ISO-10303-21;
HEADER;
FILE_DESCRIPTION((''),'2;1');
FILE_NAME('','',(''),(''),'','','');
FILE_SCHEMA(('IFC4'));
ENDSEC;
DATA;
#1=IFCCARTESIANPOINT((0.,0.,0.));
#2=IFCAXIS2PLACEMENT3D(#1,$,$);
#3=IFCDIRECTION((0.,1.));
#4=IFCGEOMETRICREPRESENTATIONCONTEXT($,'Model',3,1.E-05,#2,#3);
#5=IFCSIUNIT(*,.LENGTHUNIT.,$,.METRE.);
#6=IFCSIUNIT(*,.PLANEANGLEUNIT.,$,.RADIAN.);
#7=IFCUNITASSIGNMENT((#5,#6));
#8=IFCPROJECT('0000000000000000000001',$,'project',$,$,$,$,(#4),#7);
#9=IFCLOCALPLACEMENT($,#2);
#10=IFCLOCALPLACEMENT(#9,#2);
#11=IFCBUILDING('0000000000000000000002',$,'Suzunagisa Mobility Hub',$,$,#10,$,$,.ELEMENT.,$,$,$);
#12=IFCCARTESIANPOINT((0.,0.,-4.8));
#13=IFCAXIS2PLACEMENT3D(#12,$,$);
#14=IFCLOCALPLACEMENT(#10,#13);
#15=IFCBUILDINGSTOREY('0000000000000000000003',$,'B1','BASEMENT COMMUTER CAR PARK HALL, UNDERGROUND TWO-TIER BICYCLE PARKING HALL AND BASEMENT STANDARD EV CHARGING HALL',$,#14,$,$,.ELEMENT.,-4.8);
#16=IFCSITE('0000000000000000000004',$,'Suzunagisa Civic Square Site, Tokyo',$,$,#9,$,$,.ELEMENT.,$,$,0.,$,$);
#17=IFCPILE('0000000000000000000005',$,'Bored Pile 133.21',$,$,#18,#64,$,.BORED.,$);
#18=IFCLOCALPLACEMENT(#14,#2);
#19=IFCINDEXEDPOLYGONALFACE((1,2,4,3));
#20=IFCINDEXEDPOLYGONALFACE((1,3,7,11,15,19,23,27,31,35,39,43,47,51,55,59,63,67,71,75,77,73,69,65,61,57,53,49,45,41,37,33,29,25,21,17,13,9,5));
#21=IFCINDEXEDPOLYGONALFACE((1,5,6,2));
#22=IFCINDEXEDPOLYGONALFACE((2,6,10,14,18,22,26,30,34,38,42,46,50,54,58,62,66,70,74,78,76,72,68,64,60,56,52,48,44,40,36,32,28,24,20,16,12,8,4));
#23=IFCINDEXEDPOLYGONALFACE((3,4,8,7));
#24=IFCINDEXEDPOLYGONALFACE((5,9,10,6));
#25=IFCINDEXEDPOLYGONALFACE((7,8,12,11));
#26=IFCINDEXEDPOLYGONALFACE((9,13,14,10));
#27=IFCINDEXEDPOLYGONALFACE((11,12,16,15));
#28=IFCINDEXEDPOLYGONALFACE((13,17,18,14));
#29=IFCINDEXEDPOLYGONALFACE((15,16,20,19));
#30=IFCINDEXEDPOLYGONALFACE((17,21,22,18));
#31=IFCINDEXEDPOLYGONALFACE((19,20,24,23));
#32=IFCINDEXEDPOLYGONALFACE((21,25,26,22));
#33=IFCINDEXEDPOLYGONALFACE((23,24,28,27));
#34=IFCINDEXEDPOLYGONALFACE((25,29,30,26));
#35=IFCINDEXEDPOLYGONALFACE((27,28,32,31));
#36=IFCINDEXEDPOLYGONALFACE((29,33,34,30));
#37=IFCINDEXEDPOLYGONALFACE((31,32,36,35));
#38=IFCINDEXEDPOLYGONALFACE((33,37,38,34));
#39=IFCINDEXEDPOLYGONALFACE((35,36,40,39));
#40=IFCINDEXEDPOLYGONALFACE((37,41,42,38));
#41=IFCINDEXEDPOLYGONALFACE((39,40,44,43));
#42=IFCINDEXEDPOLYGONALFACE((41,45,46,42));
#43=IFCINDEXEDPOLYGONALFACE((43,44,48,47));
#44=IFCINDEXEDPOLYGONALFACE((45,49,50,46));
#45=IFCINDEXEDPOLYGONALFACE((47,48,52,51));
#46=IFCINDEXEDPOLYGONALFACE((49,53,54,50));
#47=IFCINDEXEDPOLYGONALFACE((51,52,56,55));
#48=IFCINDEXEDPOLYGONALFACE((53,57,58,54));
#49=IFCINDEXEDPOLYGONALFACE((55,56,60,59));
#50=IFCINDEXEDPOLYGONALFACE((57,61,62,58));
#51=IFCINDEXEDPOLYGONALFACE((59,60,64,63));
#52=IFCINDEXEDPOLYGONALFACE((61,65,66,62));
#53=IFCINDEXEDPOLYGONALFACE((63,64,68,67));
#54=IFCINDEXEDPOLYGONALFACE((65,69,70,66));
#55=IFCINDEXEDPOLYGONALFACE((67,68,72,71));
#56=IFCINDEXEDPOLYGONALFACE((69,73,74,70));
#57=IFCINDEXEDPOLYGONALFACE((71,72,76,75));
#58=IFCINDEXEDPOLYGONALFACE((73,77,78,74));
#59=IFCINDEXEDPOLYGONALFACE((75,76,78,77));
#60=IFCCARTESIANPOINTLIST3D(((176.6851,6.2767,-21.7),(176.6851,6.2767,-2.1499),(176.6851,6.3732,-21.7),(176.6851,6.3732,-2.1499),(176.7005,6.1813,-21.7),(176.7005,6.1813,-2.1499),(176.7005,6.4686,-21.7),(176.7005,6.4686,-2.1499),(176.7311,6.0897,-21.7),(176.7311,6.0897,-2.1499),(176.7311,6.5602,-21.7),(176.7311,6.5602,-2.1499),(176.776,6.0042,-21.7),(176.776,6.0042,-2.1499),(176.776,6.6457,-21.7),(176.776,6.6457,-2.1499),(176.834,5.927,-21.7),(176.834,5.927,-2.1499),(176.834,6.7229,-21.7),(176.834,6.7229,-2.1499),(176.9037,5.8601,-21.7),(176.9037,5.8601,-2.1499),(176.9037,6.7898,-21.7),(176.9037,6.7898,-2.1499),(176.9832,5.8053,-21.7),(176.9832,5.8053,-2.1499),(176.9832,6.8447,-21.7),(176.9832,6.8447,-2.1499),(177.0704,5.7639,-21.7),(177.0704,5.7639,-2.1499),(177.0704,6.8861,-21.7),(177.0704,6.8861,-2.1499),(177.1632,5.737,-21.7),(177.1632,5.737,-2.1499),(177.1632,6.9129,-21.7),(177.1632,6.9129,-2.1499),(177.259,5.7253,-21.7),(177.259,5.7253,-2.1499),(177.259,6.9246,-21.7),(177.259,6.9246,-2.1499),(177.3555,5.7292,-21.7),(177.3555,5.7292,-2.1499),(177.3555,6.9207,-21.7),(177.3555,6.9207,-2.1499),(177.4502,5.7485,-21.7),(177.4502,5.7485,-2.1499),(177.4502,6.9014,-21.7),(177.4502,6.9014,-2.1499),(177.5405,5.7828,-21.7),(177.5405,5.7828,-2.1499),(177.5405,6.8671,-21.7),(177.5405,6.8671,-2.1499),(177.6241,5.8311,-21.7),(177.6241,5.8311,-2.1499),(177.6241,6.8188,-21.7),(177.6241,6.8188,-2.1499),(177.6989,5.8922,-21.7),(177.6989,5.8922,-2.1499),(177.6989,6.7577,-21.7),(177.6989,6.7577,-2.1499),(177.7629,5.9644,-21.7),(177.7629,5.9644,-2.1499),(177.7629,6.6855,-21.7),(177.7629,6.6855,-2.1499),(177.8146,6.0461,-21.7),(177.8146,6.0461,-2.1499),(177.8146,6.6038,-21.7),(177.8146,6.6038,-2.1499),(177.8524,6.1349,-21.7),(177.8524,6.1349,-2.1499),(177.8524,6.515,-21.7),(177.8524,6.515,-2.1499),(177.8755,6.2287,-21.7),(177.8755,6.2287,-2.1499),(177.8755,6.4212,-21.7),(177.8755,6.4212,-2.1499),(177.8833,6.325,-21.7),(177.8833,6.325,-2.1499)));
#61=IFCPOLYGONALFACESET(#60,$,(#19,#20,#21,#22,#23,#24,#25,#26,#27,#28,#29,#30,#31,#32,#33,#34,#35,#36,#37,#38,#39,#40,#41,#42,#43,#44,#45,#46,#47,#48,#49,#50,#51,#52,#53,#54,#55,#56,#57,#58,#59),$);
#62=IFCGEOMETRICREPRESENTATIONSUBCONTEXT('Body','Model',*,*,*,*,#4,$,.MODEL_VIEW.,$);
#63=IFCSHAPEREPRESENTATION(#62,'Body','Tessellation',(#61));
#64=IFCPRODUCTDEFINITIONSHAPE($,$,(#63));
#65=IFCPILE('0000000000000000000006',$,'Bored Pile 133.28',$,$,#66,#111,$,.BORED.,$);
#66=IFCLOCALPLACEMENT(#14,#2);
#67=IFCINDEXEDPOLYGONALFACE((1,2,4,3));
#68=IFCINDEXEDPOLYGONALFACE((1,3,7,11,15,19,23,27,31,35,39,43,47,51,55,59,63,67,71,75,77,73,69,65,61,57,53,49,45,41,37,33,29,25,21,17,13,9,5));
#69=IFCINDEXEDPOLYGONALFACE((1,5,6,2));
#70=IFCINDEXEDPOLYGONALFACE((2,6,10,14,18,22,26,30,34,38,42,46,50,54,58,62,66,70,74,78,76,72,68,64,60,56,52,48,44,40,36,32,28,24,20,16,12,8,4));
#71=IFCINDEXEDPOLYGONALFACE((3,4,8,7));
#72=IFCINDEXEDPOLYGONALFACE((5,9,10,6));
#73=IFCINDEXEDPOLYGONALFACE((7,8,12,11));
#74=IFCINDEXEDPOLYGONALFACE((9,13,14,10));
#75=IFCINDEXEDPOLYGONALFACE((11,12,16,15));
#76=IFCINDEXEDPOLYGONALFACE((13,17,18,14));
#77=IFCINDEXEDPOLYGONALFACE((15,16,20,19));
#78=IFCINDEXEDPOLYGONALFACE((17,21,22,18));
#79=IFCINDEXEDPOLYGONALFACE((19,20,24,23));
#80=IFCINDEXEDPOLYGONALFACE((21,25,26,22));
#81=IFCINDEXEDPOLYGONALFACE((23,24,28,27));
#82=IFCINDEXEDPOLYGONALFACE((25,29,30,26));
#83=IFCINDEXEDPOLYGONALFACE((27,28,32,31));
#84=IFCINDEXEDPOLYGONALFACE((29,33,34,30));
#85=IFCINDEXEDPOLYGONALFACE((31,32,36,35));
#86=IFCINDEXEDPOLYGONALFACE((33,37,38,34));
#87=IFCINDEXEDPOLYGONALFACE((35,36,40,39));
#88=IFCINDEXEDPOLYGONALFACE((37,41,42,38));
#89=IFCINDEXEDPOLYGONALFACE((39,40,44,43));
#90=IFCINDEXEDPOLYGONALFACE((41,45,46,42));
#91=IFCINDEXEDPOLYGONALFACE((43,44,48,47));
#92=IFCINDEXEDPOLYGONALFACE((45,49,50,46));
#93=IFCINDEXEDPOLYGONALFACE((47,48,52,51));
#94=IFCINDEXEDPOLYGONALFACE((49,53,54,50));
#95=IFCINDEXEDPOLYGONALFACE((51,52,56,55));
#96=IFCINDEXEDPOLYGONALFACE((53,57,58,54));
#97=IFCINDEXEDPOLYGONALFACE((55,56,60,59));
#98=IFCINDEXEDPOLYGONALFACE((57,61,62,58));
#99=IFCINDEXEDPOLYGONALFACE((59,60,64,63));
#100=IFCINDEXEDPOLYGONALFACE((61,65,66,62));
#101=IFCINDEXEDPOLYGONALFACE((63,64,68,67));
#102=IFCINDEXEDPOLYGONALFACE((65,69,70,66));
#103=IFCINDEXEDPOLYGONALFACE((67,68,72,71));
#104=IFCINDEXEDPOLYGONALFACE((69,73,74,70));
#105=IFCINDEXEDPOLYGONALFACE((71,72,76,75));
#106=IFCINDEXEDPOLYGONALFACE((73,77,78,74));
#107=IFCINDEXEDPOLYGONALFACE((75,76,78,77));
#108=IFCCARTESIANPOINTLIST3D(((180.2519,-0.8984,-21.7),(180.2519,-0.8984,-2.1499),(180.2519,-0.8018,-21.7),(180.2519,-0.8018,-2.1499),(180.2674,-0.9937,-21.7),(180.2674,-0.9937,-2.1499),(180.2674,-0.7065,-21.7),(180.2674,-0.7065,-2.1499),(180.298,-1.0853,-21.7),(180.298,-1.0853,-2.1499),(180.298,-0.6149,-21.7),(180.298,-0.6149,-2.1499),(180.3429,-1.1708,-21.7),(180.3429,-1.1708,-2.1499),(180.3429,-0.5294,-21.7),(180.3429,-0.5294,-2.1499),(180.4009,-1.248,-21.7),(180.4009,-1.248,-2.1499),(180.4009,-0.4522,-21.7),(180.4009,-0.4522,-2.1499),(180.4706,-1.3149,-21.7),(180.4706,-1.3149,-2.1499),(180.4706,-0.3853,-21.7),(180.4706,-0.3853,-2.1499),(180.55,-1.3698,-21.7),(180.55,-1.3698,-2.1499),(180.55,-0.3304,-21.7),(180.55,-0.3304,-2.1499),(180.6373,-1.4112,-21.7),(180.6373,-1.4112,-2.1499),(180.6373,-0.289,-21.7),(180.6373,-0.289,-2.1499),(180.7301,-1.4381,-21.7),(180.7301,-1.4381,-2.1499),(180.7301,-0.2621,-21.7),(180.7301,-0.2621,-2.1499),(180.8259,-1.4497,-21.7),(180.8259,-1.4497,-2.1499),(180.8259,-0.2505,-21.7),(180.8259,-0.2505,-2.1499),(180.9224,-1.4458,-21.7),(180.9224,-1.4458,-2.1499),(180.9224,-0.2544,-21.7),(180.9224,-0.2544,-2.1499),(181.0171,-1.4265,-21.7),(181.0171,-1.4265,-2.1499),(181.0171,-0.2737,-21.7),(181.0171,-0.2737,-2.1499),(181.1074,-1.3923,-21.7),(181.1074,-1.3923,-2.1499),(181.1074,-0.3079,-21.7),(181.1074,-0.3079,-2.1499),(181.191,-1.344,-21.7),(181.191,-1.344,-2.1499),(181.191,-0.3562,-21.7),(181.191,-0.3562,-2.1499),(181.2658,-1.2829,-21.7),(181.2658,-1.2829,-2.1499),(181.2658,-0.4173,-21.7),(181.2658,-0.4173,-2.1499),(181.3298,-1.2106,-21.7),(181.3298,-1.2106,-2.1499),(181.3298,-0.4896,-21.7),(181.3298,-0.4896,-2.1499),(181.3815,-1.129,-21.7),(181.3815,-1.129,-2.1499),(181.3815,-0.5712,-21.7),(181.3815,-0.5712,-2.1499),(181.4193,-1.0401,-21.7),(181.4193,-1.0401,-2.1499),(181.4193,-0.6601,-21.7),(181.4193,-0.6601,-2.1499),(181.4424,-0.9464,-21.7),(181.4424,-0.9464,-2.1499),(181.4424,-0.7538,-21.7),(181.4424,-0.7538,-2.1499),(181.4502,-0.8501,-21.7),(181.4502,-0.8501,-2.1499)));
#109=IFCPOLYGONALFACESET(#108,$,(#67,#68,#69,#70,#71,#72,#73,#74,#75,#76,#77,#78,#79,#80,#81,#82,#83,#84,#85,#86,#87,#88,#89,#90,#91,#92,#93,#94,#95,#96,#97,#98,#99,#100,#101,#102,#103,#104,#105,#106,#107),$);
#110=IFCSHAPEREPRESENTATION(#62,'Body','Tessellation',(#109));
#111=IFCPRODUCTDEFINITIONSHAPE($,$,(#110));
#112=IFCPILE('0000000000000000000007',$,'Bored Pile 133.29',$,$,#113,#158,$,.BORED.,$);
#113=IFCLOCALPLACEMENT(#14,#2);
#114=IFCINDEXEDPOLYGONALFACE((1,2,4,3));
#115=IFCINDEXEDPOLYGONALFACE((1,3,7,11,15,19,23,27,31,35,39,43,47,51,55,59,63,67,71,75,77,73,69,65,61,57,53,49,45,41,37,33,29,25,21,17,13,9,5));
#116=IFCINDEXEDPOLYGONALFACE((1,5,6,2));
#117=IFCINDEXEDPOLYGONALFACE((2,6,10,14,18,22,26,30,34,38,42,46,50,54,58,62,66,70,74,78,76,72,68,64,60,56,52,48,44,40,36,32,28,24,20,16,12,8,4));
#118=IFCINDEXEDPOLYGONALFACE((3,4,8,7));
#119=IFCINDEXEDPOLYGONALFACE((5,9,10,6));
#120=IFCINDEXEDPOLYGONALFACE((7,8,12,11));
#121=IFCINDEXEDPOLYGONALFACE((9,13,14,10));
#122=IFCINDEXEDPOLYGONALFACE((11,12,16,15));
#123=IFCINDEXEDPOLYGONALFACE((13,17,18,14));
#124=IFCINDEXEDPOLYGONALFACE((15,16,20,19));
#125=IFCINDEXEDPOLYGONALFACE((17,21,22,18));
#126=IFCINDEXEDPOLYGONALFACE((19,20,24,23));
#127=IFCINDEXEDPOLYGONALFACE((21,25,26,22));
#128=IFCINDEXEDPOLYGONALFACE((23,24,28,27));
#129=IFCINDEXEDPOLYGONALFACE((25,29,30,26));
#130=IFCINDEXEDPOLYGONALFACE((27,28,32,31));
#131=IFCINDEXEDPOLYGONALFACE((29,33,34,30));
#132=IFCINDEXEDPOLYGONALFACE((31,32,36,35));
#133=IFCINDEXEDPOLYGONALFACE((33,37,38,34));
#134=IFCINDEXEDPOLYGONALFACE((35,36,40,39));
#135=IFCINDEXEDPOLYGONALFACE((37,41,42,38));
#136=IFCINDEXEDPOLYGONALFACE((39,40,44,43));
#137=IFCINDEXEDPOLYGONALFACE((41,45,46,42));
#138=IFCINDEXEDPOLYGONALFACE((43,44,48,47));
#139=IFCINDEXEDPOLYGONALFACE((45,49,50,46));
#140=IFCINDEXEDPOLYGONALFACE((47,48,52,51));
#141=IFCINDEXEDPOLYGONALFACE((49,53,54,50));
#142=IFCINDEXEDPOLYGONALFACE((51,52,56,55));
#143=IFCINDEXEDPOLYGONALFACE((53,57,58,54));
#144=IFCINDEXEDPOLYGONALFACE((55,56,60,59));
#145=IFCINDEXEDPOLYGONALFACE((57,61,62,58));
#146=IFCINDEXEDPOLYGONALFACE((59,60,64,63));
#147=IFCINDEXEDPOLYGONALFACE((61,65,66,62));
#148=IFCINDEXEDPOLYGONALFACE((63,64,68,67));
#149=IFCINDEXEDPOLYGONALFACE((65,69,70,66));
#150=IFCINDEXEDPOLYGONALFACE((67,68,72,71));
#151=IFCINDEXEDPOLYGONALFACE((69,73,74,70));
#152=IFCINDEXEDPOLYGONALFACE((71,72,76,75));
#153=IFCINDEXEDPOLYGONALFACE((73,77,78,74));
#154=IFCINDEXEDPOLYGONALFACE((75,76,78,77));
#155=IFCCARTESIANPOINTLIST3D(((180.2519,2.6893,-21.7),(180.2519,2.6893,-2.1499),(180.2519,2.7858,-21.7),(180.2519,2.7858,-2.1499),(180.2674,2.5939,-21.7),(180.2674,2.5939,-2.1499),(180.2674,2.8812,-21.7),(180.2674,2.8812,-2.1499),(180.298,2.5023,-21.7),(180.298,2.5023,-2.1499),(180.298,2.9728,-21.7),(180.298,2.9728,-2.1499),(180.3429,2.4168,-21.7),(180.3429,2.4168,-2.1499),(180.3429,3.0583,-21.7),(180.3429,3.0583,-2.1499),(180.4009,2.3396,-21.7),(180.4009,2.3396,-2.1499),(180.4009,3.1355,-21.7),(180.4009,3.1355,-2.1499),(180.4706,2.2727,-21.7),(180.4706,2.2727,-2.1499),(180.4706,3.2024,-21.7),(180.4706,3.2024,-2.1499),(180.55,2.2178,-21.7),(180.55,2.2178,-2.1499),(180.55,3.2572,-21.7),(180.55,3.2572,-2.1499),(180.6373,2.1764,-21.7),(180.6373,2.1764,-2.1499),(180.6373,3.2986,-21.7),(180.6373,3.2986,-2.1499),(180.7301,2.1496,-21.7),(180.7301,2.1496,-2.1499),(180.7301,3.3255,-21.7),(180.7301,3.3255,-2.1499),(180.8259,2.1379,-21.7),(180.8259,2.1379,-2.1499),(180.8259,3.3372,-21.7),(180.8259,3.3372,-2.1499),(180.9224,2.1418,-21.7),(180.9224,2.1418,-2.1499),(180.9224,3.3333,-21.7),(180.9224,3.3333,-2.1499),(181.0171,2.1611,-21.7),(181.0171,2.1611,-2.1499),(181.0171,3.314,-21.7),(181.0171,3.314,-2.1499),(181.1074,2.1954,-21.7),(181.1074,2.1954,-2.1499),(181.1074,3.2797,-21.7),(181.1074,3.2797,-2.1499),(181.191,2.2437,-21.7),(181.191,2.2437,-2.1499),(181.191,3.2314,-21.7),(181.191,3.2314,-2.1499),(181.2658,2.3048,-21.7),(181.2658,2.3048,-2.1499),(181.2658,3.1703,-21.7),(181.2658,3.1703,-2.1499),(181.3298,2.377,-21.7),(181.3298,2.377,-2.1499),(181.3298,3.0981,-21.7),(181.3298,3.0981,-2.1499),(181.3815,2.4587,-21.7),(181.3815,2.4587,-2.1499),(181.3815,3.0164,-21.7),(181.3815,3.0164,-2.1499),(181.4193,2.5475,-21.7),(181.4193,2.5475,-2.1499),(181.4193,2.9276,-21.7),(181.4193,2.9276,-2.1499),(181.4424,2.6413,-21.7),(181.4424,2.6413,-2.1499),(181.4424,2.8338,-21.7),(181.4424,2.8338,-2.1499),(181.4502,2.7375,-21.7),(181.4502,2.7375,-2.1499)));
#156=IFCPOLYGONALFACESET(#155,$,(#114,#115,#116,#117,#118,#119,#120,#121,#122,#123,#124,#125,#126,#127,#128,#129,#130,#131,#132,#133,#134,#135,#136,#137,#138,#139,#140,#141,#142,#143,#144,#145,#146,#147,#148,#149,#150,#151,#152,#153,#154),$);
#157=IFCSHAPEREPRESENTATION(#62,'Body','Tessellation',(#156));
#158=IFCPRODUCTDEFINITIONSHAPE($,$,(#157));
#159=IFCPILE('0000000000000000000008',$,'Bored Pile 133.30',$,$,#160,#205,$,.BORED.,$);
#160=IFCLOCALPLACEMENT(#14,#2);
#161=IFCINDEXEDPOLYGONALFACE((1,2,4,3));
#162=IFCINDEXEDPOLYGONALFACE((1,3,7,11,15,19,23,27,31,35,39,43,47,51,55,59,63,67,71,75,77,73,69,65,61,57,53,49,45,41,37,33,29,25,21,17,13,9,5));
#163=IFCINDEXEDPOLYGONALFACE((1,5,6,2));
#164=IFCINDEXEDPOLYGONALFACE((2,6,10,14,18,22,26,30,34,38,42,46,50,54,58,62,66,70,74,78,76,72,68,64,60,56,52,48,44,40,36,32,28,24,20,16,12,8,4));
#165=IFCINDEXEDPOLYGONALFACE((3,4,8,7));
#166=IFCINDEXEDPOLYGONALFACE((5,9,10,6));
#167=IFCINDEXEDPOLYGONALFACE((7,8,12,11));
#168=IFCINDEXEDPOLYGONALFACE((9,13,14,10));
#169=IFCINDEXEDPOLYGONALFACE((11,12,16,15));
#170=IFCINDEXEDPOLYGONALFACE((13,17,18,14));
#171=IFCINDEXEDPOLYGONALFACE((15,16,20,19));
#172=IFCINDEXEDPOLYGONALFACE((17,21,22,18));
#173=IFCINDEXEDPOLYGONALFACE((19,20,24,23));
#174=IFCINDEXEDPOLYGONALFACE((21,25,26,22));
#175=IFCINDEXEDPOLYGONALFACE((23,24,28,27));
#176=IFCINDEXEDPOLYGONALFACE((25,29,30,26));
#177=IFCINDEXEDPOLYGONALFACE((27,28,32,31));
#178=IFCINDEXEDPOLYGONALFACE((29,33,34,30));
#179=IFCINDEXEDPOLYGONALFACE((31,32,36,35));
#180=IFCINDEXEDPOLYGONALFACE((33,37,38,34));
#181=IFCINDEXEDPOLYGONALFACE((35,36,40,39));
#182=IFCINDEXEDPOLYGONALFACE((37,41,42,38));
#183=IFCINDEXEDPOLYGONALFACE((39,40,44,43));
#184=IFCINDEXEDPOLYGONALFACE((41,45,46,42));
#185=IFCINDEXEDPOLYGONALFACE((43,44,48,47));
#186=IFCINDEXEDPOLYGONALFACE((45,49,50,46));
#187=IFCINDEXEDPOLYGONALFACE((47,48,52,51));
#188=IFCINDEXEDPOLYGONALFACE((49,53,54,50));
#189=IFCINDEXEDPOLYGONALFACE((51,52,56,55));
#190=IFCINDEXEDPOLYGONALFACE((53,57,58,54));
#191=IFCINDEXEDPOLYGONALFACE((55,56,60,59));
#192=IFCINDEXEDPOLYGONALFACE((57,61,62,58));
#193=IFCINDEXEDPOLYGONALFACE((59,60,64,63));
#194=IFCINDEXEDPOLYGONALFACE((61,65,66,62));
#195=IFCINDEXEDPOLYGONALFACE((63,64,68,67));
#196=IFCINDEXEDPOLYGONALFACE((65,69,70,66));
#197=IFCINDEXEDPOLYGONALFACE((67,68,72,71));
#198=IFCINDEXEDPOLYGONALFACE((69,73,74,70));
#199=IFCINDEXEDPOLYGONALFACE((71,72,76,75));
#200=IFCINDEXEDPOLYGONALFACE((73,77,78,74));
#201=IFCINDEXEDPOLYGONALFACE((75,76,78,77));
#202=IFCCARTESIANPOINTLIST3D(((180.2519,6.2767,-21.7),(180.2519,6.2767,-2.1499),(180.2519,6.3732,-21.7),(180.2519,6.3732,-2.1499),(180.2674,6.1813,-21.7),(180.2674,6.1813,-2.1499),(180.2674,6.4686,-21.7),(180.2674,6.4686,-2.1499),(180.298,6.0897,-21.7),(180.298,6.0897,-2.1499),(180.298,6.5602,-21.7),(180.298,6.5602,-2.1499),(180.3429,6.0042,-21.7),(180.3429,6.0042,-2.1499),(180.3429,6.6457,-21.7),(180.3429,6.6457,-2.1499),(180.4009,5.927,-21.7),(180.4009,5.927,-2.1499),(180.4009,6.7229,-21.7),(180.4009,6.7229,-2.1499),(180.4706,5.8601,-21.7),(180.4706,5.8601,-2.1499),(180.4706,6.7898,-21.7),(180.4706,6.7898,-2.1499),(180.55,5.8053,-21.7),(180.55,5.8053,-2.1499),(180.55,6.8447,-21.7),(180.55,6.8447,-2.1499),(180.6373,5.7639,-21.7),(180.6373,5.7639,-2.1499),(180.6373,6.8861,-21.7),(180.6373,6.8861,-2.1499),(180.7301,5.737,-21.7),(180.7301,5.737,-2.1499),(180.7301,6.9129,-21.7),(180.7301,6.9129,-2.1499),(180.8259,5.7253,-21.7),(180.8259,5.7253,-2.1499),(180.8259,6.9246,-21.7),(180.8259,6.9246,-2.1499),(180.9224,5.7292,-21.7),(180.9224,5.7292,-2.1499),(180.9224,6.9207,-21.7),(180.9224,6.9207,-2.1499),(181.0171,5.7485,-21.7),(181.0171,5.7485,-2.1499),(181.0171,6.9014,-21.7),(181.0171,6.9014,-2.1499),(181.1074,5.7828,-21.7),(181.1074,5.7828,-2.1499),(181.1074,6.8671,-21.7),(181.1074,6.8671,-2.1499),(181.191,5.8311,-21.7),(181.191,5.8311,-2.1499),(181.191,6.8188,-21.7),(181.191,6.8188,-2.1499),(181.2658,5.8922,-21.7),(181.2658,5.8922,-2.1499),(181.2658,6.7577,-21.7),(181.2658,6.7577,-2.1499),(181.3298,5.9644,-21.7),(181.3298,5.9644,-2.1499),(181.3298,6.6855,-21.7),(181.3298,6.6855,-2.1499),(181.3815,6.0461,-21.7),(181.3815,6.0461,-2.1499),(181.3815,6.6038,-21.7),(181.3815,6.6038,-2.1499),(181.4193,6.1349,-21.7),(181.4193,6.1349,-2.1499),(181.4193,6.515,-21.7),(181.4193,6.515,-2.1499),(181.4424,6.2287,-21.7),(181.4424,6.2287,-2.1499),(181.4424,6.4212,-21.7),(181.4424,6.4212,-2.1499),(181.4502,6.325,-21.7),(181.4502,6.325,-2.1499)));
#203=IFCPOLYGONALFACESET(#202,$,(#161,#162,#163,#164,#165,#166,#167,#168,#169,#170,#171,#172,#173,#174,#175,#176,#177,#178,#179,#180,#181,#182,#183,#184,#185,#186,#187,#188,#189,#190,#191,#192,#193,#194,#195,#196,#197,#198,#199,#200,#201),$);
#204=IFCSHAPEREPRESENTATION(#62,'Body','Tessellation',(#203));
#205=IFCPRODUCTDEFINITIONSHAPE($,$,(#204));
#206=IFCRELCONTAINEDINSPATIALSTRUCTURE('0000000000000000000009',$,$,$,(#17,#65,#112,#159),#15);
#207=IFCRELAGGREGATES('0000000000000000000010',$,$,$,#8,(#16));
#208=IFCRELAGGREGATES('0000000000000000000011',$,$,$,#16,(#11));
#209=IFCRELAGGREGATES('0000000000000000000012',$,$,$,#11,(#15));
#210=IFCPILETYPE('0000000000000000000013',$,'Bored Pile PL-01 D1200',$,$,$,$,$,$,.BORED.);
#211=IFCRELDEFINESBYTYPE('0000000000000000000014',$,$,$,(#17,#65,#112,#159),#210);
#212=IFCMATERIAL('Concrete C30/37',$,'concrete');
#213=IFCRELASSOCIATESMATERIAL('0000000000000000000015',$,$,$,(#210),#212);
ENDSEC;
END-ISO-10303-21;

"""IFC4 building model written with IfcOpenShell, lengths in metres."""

from ifc_helpers import new_model, si_unit, direction, frame, origin, origin_2d, place, context, subcontext, project, spatial, circle, extrude, material, material_profile, profile_set, type_object, element, save


model = new_model("IFC4")

# Units and contexts
model_context = context("Model", 3, precision=1e-05, world=origin(), true_north=direction((0.0, 1.0)))
body_context = subcontext(model_context, "Body", "Model", "MODEL_VIEW")
ifc_project = project(units=[si_unit("LENGTHUNIT", "METRE"), si_unit("PLANEANGLEUNIT", "RADIAN")], contexts=[model_context])

# Site, building, storey
site_placement = place(None, origin())
site = spatial("IfcSite", under=ifc_project, at=site_placement, Name="Suzunagisa Civic Square Site, Tokyo", CompositionType="ELEMENT", RefElevation=0.0)
building_placement = place(site_placement, origin())
building = spatial("IfcBuilding", under=site, at=building_placement, Name="Suzunagisa Mobility Hub", CompositionType="ELEMENT")
storey_placement = place(building_placement, frame((0.0, 0.0, -4.8)))
storey = spatial("IfcBuildingStorey", under=building, at=storey_placement, Name="B1", Description="BASEMENT COMMUTER CAR PARK HALL, UNDERGROUND TWO-TIER BICYCLE PARKING HALL AND BASEMENT STANDARD EV CHARGING HALL", CompositionType="ELEMENT", Elevation=-4.8)

# Piles
ifc_material_1 = material(Name="Concrete C30/37", Category="concrete")
ifc_material_profile_1 = material_profile(ifc_material_1, circle(Radius=0.6001, at=origin_2d()), Name="BORED PILE D1200")
ifc_profile_set_1 = profile_set([ifc_material_profile_1], Name="Concrete C30/37")
pile_type = type_object("IfcPileType", Name="Bored Pile PL-01 D1200", PredefinedType="BORED", material=ifc_profile_set_1)
for number, where, z_axis, x_axis, name in (
    (1, (177.2832, 6.325, -2.1499), (0.0, 0.0, -1.0), (1.0, 0.0, 0.0), "Bored Pile 133.21"),
    (2, (180.8501, -0.8501, -2.1499), (0.0, 0.0, -1.0), (1.0, 0.0, 0.0), "Bored Pile 133.28"),
    (3, (180.8501, 2.7375, -2.1499), (0.0, 0.0, -1.0), (1.0, 0.0, 0.0), "Bored Pile 133.29"),
    (4, (180.8501, 6.325, -2.1499), (0.0, 0.0, -1.0), (1.0, 0.0, 0.0), "Bored Pile 133.30"),
):
    element("IfcPile", number, at=place(storey_placement, frame(where, z_axis=z_axis, x_axis=x_axis)), inside=storey, type_object=pile_type, Name=name, PredefinedType="BORED", context=body_context, shape_type="SweptSolid", body=[
        extrude(circle(Radius=0.6001, at=origin_2d()), origin(), (0.0, 0.0, 1.0), 19.55),
    ])

save(model, "model.ifc")
